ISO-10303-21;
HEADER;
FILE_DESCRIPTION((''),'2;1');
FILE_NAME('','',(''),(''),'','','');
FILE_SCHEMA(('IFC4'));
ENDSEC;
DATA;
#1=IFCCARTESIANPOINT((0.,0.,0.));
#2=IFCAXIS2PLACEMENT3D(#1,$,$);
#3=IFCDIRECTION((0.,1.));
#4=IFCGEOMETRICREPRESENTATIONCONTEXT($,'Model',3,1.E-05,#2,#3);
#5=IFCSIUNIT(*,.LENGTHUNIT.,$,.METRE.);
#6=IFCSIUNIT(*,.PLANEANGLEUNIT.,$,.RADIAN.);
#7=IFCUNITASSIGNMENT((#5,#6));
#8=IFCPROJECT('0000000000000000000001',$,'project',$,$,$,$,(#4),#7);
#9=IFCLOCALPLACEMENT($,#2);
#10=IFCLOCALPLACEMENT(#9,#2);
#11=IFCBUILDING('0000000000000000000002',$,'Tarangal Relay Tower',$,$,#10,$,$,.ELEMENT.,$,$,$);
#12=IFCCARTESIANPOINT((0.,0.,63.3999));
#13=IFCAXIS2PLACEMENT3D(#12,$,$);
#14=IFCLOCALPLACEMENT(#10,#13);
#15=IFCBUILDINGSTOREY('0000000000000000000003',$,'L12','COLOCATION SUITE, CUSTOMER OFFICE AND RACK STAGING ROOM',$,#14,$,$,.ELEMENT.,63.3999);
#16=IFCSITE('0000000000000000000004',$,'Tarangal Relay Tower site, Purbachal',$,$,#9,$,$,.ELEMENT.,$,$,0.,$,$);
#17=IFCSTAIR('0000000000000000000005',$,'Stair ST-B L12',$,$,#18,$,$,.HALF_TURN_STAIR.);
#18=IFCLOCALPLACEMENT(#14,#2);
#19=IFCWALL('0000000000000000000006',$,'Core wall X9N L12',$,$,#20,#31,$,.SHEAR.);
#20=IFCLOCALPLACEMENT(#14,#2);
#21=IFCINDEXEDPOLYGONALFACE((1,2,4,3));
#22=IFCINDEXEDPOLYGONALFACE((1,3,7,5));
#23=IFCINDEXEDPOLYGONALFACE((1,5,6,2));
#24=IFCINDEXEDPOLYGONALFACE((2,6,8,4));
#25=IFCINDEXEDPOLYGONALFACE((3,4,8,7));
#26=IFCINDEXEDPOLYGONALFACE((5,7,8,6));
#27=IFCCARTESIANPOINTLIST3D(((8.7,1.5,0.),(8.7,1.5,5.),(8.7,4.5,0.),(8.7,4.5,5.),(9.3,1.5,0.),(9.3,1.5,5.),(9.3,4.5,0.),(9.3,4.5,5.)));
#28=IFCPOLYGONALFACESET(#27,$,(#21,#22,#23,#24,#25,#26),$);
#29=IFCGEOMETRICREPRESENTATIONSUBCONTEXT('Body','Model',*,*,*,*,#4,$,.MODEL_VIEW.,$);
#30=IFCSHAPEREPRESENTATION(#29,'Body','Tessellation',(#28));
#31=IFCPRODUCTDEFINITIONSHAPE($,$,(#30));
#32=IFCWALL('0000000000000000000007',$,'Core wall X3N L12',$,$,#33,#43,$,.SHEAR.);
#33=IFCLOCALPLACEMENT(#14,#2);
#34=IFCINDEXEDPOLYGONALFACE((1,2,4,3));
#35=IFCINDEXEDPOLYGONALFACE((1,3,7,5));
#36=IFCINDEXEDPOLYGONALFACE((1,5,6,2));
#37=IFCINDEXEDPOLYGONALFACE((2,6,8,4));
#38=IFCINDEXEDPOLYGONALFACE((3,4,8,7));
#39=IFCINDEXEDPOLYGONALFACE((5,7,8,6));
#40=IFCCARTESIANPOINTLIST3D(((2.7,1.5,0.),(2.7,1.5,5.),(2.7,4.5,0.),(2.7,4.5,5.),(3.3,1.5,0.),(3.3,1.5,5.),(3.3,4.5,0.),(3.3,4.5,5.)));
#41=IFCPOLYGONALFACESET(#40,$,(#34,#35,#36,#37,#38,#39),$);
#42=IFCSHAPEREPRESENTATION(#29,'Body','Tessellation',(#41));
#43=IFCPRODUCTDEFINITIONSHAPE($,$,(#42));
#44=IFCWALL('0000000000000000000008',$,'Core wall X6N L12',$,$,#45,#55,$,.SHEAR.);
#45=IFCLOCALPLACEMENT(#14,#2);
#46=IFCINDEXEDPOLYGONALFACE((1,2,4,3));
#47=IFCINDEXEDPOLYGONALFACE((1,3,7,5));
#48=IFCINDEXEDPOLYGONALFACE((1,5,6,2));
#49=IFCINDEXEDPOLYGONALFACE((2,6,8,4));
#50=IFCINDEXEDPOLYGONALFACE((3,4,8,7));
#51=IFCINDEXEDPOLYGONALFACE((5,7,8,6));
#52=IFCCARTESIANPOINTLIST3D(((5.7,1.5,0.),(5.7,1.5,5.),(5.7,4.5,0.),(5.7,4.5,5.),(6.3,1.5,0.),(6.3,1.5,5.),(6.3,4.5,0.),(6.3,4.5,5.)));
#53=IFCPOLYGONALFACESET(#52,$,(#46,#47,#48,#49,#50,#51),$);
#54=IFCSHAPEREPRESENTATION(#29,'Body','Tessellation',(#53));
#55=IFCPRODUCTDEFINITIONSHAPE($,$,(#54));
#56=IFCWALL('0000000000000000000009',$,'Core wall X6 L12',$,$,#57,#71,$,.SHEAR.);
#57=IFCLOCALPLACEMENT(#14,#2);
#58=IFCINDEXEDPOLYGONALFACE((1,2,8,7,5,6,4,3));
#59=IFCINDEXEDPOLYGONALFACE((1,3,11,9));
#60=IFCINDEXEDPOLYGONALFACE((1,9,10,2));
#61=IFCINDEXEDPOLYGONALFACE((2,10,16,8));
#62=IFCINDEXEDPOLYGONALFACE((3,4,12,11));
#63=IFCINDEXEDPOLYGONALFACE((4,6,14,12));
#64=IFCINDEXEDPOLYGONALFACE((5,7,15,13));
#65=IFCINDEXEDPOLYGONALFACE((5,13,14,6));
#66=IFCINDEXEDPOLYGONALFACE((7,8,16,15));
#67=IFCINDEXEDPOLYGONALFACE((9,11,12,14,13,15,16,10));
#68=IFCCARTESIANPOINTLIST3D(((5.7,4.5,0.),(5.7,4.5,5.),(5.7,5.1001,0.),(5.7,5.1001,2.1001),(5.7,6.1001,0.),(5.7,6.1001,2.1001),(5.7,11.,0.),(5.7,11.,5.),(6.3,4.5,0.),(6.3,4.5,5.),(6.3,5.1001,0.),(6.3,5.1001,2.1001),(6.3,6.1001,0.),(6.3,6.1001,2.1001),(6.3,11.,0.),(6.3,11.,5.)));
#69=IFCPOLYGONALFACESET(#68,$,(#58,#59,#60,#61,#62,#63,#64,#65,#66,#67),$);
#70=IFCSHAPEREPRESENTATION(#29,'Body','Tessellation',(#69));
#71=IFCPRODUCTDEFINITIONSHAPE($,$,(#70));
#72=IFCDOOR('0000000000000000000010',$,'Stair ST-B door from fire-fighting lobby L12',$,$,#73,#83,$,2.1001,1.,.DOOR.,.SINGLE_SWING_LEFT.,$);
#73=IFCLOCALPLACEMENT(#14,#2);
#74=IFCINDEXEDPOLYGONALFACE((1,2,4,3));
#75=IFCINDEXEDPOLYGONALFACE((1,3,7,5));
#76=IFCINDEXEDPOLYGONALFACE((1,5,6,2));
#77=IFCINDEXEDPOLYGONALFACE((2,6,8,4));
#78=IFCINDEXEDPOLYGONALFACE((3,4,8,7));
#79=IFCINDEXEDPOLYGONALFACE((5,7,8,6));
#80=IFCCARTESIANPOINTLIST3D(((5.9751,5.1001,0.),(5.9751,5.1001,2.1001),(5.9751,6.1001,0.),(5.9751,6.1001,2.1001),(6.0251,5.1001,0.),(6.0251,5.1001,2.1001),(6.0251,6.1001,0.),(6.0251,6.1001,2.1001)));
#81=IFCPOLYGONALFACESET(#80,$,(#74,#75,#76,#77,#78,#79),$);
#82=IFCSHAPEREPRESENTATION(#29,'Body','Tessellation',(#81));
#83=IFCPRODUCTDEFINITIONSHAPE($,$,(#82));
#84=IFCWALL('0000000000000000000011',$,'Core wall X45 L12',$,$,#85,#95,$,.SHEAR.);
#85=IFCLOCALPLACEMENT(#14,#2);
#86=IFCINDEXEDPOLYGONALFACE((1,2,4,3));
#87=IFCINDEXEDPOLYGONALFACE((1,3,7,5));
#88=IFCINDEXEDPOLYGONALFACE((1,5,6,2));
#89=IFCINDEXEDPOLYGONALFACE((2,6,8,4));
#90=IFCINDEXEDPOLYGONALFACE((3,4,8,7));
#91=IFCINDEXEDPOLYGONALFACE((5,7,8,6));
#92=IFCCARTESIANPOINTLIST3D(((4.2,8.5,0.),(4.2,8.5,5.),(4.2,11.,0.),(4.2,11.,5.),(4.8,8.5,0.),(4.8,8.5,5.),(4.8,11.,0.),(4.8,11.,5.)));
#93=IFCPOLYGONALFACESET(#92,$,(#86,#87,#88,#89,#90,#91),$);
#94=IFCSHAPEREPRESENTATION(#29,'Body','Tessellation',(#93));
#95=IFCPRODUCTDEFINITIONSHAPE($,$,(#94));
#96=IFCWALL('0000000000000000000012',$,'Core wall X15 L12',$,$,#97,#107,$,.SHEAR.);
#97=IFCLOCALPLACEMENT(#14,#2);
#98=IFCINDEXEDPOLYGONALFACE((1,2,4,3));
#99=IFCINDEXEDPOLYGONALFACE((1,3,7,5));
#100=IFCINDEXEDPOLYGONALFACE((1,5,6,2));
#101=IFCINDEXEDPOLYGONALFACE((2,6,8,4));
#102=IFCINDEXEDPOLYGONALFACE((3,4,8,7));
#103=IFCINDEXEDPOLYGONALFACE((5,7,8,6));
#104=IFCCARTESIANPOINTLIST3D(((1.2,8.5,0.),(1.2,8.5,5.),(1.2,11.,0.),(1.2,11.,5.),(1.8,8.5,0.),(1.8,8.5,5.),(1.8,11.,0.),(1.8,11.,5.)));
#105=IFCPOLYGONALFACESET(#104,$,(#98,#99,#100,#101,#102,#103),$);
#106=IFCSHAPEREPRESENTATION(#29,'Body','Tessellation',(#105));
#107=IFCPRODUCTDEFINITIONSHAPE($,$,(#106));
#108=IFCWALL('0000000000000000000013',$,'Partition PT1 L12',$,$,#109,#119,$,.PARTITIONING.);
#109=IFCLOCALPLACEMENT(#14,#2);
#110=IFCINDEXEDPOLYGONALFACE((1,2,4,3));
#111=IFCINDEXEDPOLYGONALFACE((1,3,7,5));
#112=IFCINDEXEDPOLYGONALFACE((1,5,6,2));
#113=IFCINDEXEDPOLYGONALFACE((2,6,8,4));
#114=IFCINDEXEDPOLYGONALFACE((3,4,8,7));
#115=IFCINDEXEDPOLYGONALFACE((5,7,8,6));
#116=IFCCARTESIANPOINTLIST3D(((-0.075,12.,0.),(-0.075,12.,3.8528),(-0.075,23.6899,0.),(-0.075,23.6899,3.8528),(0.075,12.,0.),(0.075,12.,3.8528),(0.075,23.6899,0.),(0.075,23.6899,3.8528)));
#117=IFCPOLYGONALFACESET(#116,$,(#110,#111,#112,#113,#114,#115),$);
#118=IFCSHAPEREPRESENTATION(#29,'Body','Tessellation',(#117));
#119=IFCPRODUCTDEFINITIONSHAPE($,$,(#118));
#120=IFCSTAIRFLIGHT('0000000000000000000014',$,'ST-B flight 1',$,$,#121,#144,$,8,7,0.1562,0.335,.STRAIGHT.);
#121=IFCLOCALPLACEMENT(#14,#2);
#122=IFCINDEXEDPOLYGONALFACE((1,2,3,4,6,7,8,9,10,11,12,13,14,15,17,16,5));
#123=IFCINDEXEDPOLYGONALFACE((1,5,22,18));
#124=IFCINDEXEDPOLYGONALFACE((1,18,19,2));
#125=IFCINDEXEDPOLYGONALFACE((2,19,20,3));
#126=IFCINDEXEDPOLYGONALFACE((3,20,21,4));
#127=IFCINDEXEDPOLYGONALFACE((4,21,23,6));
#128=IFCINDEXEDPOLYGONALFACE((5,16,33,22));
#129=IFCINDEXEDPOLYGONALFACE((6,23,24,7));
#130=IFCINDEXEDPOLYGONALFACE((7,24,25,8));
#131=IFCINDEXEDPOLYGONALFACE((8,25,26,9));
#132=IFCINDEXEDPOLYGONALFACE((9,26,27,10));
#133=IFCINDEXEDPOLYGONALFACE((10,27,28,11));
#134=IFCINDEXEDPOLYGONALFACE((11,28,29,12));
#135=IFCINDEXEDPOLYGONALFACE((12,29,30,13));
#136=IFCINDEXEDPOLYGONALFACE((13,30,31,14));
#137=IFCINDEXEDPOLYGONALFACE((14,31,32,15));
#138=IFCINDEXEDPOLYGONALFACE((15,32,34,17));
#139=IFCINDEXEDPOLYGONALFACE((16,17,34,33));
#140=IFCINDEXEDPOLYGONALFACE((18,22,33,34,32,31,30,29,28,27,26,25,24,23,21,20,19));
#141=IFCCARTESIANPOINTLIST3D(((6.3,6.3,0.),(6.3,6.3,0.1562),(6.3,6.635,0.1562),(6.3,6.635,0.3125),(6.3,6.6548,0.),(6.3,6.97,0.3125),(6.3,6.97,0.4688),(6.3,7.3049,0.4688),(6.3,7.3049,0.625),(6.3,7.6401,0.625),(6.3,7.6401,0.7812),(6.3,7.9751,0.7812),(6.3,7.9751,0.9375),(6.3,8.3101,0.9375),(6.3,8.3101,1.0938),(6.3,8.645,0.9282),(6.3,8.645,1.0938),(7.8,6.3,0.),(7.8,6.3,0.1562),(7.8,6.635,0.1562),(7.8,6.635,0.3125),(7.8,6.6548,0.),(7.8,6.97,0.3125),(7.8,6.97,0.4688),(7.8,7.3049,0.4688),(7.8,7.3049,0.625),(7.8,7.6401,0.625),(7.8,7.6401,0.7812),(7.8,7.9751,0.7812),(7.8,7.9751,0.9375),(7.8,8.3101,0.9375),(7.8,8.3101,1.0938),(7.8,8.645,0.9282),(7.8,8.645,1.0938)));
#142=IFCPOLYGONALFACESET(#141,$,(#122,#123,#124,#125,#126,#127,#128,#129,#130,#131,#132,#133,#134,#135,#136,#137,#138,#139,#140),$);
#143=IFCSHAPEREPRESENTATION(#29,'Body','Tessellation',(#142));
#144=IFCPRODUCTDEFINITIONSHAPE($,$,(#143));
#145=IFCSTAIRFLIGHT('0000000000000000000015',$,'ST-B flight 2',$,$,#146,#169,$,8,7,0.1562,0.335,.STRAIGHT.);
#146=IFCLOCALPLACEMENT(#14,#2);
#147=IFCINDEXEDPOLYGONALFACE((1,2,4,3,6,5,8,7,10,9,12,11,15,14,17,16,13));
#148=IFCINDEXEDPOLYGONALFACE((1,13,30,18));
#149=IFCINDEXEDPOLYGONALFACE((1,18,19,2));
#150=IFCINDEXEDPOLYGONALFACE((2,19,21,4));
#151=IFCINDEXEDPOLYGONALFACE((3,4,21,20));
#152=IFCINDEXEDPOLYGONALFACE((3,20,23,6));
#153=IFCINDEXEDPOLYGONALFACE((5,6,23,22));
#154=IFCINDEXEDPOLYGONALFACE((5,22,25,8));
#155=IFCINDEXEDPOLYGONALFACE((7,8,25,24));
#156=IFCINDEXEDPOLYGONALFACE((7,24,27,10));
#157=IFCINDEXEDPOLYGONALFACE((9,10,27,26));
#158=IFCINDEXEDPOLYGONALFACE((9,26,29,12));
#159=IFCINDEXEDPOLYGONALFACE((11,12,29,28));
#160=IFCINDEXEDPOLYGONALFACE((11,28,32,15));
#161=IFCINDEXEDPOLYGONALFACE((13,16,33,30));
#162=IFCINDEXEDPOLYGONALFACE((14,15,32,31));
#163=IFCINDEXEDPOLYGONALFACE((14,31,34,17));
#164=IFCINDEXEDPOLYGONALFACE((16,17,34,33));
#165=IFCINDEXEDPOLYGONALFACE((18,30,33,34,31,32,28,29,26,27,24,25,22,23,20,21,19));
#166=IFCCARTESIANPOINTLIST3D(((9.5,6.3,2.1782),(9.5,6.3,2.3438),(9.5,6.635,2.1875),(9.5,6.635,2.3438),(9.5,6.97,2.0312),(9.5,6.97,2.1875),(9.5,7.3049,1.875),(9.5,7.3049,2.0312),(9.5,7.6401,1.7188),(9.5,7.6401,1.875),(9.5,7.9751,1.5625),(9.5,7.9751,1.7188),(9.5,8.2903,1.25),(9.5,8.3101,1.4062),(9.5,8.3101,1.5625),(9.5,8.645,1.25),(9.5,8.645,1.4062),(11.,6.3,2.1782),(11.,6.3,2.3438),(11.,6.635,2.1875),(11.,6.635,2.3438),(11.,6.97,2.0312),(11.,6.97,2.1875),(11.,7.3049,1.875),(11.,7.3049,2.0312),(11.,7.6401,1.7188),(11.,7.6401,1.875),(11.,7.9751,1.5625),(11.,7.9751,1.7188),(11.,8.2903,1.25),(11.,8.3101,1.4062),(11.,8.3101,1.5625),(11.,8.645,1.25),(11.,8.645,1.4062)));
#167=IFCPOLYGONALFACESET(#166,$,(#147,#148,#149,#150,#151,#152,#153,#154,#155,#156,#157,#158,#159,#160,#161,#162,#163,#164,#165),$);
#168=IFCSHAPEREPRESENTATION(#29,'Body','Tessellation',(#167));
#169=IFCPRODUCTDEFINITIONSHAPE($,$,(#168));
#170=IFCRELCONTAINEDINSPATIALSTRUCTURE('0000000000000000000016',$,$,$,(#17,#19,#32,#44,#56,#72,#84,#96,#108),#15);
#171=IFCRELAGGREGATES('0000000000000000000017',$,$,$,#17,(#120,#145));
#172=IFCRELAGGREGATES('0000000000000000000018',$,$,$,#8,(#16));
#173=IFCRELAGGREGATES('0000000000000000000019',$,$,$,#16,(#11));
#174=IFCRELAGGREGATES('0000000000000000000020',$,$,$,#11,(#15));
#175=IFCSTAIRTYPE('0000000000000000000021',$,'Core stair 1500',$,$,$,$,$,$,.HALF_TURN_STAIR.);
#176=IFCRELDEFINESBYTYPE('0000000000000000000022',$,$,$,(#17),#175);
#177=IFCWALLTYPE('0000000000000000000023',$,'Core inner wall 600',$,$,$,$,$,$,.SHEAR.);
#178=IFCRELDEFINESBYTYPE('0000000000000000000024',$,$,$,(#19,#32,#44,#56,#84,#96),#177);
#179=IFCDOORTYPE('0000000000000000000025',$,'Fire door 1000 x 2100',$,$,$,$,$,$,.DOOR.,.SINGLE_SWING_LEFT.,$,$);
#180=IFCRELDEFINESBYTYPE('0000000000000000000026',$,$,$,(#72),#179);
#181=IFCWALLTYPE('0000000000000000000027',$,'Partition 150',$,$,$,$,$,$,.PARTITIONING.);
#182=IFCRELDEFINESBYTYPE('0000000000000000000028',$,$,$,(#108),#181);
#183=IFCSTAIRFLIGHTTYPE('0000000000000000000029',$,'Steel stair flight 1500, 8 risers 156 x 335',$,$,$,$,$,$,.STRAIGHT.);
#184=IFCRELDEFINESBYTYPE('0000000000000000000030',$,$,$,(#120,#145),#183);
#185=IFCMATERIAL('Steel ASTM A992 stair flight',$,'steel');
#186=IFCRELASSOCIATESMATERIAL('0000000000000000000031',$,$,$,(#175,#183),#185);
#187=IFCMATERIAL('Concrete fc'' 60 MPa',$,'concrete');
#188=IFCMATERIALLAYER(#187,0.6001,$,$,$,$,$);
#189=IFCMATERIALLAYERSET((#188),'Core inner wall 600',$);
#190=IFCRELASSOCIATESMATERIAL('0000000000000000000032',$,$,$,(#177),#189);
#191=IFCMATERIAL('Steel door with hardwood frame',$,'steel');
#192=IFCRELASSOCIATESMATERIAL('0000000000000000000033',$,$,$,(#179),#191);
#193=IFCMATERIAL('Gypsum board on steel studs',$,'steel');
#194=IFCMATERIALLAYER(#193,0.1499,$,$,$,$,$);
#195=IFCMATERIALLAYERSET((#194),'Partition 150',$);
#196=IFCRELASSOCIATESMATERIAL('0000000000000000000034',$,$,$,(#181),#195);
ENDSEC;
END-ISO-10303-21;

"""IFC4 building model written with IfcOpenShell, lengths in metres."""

from ifc_helpers import new_model, si_unit, direction, frame, frame_2d, origin, place, context, subcontext, project, spatial, polyline, rectangle, outline, extrude, material, layer, layer_set, type_object, element, fill, aggregate, save


model = new_model("IFC4")

# Units and contexts
model_context = context("Model", 3, precision=1e-05, world=origin(), true_north=direction((0.0, 1.0)))
body_context = subcontext(model_context, "Body", "Model", "MODEL_VIEW")
ifc_project = project(units=[si_unit("LENGTHUNIT", "METRE"), si_unit("PLANEANGLEUNIT", "RADIAN")], contexts=[model_context])

# Site, building, storey
site_placement = place(None, origin())
site = spatial("IfcSite", under=ifc_project, at=site_placement, Name="Tarangal Relay Tower site, Purbachal", CompositionType="ELEMENT", RefElevation=0.0)
building_placement = place(site_placement, origin())
building = spatial("IfcBuilding", under=site, at=building_placement, Name="Tarangal Relay Tower", CompositionType="ELEMENT")
storey_placement = place(building_placement, frame((0.0, 0.0, 63.3999)))
storey = spatial("IfcBuildingStorey", under=building, at=storey_placement, Name="L12", Description="COLOCATION SUITE, CUSTOMER OFFICE AND RACK STAGING ROOM", CompositionType="ELEMENT", Elevation=63.3999)

# Stair
ifc_material_1 = material(Name="Steel ASTM A992 stair flight", Category="steel")
stair_type = type_object("IfcStairType", Name="Core stair 1500", PredefinedType="HALF_TURN_STAIR", material=ifc_material_1)
stair_1_placement = place(storey_placement, origin())
stair_1 = element("IfcStair", 1, at=stair_1_placement, inside=storey, type_object=stair_type, Name="Stair ST-B L12", PredefinedType="HALF_TURN_STAIR")

# Walls
ifc_material_2 = material(Name="Concrete fc' 60 MPa", Category="concrete")
ifc_layer_1 = layer(ifc_material_2, 0.6001)
ifc_layer_set_1 = layer_set([ifc_layer_1], Name="Core inner wall 600")
wall_type_1 = type_object("IfcWallType", Name="Core inner wall 600", PredefinedType="SHEAR", material=ifc_layer_set_1)
for number, where, z_axis, x_axis, name in (
    (2, (9.0, 1.5, 0.0), (0.0, 0.0, 1.0), (0.0, 1.0, 0.0), "Core wall X9N L12"),
    (3, (3.0, 1.5, 0.0), (0.0, 0.0, 1.0), (0.0, 1.0, 0.0), "Core wall X3N L12"),
    (4, (6.0, 1.5, 0.0), (0.0, 0.0, 1.0), (0.0, 1.0, 0.0), "Core wall X6N L12"),
):
    element("IfcWall", number, at=place(storey_placement, frame(where, z_axis=z_axis, x_axis=x_axis)), inside=storey, type_object=wall_type_1, Name=name, PredefinedType="SHEAR", context=body_context, shape_type="SweptSolid", body=[
        extrude(rectangle(XDim=3.0, YDim=0.6001, at=frame_2d((1.5, 0.0))), origin(), (0.0, 0.0, 1.0), 5.0),
    ])

# Wall, opening, door
wall_1_placement = place(storey_placement, frame((6.0, 4.5, 0.0), z_axis=(0.0, 0.0, 1.0), x_axis=(0.0, 1.0, 0.0)))
wall_1 = element("IfcWall", 5, at=wall_1_placement, inside=storey, type_object=wall_type_1, Name="Core wall X6 L12", PredefinedType="SHEAR", context=body_context, shape_type="SweptSolid", body=[
    extrude(rectangle(XDim=6.5, YDim=0.6001, at=frame_2d((3.25, 0.0))), origin(), (0.0, 0.0, 1.0), 5.0),
])
opening_placement = place(wall_1_placement, frame((0.6001, 0.0, 0.0)))
opening = element("IfcOpeningElement", 6, at=opening_placement, cuts=wall_1, PredefinedType="OPENING", context=body_context, shape_type="SweptSolid", body=[
    extrude(rectangle(XDim=1.0, YDim=2.1001, at=frame_2d((0.5, 1.05))), frame((0.0, 0.3101, 0.0), z_axis=(0.0, -1.0, 0.0), x_axis=(1.0, 0.0, 0.0)), (0.0, 0.0, 1.0), 0.6201),
])
ifc_material_3 = material(Name="Steel door with hardwood frame", Category="steel")
door_type = type_object("IfcDoorType", Name="Fire door 1000 x 2100", OperationType="SINGLE_SWING_LEFT", PredefinedType="DOOR", material=ifc_material_3)
door_placement = place(opening_placement, origin())
door = element("IfcDoor", 7, at=door_placement, inside=storey, type_object=door_type, Name="Stair ST-B door from fire-fighting lobby L12", OperationType="SINGLE_SWING_LEFT", OverallHeight=2.1001, OverallWidth=1.0, PredefinedType="DOOR", context=body_context, shape_type="SweptSolid", body=[
    extrude(rectangle(XDim=1.0, YDim=2.1001, at=frame_2d((0.5, 1.05))), frame((0.0, 0.0249, 0.0), z_axis=(0.0, -1.0, 0.0), x_axis=(1.0, 0.0, 0.0)), (0.0, 0.0, 1.0), 0.05),
])
fill(opening, door)

# Walls
for number, where, z_axis, x_axis, name in (
    (8, (4.5, 8.5, 0.0), (0.0, 0.0, 1.0), (0.0, 1.0, 0.0), "Core wall X45 L12"),
    (9, (1.5, 8.5, 0.0), (0.0, 0.0, 1.0), (0.0, 1.0, 0.0), "Core wall X15 L12"),
):
    element("IfcWall", number, at=place(storey_placement, frame(where, z_axis=z_axis, x_axis=x_axis)), inside=storey, type_object=wall_type_1, Name=name, PredefinedType="SHEAR", context=body_context, shape_type="SweptSolid", body=[
        extrude(rectangle(XDim=2.5, YDim=0.6001, at=frame_2d((1.25, 0.0))), origin(), (0.0, 0.0, 1.0), 5.0),
    ])
ifc_material_4 = material(Name="Gypsum board on steel studs", Category="steel")
ifc_layer_2 = layer(ifc_material_4, 0.1499)
ifc_layer_set_2 = layer_set([ifc_layer_2], Name="Partition 150")
wall_type_2 = type_object("IfcWallType", Name="Partition 150", PredefinedType="PARTITIONING", material=ifc_layer_set_2)
wall_2_placement = place(storey_placement, frame((0.0, 12.0, 0.0), z_axis=(0.0, 0.0, 1.0), x_axis=(0.0, 1.0, 0.0)))
element("IfcWall", 10, at=wall_2_placement, inside=storey, type_object=wall_type_2, Name="Partition PT1 L12", PredefinedType="PARTITIONING", context=body_context, shape_type="SweptSolid", body=[
    extrude(rectangle(XDim=11.6899, YDim=0.1499, at=frame_2d((5.845, 0.0))), origin(), (0.0, 0.0, 1.0), 3.8528),
])

# Stair flights
stair_flight_type = type_object("IfcStairFlightType", Name="Steel stair flight 1500, 8 risers 156 x 335", PredefinedType="STRAIGHT", material=ifc_material_1)
stair_flight_1_placement = place(storey_placement, frame((7.05, 6.3, 0.0), z_axis=(0.0, 0.0, 1.0), x_axis=(0.0, 1.0, 0.0)))
stair_flight_1 = element("IfcStairFlight", 11, at=stair_flight_1_placement, type_object=stair_flight_type, Name="ST-B flight 1", NumberOfRisers=8, NumberOfTreads=7, PredefinedType="STRAIGHT", RiserHeight=0.1562, TreadLength=0.335, context=body_context, shape_type="SweptSolid", body=[
    extrude(outline(polyline([(0.0, 0.0), (0.0, 0.1562), (0.335, 0.1562), (0.335, 0.3125), (0.6699, 0.3125), (0.6699, 0.4688), (1.0049, 0.4688), (1.0049, 0.625), (1.3401, 0.625), (1.3401, 0.7812), (1.675, 0.7812), (1.675, 0.9375), (2.01, 0.9375), (2.01, 1.0938), (2.345, 1.0938), (2.345, 1.25), (2.345, 0.9282), (0.3547, 0.0), (0.0, 0.0)])), frame((0.0, 0.75, 0.0), z_axis=(0.0, -1.0, 0.0), x_axis=(1.0, 0.0, 0.0)), (0.0, 0.0, 1.0), 1.5),
])
stair_flight_2_placement = place(storey_placement, frame((10.25, 8.645, 1.25), z_axis=(0.0, 0.0, 1.0), x_axis=(0.0, -1.0, 0.0)))
stair_flight_2 = element("IfcStairFlight", 12, at=stair_flight_2_placement, type_object=stair_flight_type, Name="ST-B flight 2", NumberOfRisers=8, NumberOfTreads=7, PredefinedType="STRAIGHT", RiserHeight=0.1562, TreadLength=0.335, context=body_context, shape_type="SweptSolid", body=[
    extrude(outline(polyline([(0.0, 0.0), (0.0, 0.1562), (0.335, 0.1562), (0.335, 0.3125), (0.6699, 0.3125), (0.6699, 0.4688), (1.0049, 0.4688), (1.0049, 0.625), (1.3401, 0.625), (1.3401, 0.7812), (1.675, 0.7812), (1.675, 0.9375), (2.01, 0.9375), (2.01, 1.0938), (2.345, 1.0938), (2.345, 1.25), (2.345, 0.9282), (0.3547, 0.0), (0.0, 0.0)])), frame((0.0, 0.75, 0.0), z_axis=(0.0, -1.0, 0.0), x_axis=(1.0, 0.0, 0.0)), (0.0, 0.0, 1.0), 1.5),
])
aggregate(stair_1, [stair_flight_1, stair_flight_2])

save(model, "model.ifc")
